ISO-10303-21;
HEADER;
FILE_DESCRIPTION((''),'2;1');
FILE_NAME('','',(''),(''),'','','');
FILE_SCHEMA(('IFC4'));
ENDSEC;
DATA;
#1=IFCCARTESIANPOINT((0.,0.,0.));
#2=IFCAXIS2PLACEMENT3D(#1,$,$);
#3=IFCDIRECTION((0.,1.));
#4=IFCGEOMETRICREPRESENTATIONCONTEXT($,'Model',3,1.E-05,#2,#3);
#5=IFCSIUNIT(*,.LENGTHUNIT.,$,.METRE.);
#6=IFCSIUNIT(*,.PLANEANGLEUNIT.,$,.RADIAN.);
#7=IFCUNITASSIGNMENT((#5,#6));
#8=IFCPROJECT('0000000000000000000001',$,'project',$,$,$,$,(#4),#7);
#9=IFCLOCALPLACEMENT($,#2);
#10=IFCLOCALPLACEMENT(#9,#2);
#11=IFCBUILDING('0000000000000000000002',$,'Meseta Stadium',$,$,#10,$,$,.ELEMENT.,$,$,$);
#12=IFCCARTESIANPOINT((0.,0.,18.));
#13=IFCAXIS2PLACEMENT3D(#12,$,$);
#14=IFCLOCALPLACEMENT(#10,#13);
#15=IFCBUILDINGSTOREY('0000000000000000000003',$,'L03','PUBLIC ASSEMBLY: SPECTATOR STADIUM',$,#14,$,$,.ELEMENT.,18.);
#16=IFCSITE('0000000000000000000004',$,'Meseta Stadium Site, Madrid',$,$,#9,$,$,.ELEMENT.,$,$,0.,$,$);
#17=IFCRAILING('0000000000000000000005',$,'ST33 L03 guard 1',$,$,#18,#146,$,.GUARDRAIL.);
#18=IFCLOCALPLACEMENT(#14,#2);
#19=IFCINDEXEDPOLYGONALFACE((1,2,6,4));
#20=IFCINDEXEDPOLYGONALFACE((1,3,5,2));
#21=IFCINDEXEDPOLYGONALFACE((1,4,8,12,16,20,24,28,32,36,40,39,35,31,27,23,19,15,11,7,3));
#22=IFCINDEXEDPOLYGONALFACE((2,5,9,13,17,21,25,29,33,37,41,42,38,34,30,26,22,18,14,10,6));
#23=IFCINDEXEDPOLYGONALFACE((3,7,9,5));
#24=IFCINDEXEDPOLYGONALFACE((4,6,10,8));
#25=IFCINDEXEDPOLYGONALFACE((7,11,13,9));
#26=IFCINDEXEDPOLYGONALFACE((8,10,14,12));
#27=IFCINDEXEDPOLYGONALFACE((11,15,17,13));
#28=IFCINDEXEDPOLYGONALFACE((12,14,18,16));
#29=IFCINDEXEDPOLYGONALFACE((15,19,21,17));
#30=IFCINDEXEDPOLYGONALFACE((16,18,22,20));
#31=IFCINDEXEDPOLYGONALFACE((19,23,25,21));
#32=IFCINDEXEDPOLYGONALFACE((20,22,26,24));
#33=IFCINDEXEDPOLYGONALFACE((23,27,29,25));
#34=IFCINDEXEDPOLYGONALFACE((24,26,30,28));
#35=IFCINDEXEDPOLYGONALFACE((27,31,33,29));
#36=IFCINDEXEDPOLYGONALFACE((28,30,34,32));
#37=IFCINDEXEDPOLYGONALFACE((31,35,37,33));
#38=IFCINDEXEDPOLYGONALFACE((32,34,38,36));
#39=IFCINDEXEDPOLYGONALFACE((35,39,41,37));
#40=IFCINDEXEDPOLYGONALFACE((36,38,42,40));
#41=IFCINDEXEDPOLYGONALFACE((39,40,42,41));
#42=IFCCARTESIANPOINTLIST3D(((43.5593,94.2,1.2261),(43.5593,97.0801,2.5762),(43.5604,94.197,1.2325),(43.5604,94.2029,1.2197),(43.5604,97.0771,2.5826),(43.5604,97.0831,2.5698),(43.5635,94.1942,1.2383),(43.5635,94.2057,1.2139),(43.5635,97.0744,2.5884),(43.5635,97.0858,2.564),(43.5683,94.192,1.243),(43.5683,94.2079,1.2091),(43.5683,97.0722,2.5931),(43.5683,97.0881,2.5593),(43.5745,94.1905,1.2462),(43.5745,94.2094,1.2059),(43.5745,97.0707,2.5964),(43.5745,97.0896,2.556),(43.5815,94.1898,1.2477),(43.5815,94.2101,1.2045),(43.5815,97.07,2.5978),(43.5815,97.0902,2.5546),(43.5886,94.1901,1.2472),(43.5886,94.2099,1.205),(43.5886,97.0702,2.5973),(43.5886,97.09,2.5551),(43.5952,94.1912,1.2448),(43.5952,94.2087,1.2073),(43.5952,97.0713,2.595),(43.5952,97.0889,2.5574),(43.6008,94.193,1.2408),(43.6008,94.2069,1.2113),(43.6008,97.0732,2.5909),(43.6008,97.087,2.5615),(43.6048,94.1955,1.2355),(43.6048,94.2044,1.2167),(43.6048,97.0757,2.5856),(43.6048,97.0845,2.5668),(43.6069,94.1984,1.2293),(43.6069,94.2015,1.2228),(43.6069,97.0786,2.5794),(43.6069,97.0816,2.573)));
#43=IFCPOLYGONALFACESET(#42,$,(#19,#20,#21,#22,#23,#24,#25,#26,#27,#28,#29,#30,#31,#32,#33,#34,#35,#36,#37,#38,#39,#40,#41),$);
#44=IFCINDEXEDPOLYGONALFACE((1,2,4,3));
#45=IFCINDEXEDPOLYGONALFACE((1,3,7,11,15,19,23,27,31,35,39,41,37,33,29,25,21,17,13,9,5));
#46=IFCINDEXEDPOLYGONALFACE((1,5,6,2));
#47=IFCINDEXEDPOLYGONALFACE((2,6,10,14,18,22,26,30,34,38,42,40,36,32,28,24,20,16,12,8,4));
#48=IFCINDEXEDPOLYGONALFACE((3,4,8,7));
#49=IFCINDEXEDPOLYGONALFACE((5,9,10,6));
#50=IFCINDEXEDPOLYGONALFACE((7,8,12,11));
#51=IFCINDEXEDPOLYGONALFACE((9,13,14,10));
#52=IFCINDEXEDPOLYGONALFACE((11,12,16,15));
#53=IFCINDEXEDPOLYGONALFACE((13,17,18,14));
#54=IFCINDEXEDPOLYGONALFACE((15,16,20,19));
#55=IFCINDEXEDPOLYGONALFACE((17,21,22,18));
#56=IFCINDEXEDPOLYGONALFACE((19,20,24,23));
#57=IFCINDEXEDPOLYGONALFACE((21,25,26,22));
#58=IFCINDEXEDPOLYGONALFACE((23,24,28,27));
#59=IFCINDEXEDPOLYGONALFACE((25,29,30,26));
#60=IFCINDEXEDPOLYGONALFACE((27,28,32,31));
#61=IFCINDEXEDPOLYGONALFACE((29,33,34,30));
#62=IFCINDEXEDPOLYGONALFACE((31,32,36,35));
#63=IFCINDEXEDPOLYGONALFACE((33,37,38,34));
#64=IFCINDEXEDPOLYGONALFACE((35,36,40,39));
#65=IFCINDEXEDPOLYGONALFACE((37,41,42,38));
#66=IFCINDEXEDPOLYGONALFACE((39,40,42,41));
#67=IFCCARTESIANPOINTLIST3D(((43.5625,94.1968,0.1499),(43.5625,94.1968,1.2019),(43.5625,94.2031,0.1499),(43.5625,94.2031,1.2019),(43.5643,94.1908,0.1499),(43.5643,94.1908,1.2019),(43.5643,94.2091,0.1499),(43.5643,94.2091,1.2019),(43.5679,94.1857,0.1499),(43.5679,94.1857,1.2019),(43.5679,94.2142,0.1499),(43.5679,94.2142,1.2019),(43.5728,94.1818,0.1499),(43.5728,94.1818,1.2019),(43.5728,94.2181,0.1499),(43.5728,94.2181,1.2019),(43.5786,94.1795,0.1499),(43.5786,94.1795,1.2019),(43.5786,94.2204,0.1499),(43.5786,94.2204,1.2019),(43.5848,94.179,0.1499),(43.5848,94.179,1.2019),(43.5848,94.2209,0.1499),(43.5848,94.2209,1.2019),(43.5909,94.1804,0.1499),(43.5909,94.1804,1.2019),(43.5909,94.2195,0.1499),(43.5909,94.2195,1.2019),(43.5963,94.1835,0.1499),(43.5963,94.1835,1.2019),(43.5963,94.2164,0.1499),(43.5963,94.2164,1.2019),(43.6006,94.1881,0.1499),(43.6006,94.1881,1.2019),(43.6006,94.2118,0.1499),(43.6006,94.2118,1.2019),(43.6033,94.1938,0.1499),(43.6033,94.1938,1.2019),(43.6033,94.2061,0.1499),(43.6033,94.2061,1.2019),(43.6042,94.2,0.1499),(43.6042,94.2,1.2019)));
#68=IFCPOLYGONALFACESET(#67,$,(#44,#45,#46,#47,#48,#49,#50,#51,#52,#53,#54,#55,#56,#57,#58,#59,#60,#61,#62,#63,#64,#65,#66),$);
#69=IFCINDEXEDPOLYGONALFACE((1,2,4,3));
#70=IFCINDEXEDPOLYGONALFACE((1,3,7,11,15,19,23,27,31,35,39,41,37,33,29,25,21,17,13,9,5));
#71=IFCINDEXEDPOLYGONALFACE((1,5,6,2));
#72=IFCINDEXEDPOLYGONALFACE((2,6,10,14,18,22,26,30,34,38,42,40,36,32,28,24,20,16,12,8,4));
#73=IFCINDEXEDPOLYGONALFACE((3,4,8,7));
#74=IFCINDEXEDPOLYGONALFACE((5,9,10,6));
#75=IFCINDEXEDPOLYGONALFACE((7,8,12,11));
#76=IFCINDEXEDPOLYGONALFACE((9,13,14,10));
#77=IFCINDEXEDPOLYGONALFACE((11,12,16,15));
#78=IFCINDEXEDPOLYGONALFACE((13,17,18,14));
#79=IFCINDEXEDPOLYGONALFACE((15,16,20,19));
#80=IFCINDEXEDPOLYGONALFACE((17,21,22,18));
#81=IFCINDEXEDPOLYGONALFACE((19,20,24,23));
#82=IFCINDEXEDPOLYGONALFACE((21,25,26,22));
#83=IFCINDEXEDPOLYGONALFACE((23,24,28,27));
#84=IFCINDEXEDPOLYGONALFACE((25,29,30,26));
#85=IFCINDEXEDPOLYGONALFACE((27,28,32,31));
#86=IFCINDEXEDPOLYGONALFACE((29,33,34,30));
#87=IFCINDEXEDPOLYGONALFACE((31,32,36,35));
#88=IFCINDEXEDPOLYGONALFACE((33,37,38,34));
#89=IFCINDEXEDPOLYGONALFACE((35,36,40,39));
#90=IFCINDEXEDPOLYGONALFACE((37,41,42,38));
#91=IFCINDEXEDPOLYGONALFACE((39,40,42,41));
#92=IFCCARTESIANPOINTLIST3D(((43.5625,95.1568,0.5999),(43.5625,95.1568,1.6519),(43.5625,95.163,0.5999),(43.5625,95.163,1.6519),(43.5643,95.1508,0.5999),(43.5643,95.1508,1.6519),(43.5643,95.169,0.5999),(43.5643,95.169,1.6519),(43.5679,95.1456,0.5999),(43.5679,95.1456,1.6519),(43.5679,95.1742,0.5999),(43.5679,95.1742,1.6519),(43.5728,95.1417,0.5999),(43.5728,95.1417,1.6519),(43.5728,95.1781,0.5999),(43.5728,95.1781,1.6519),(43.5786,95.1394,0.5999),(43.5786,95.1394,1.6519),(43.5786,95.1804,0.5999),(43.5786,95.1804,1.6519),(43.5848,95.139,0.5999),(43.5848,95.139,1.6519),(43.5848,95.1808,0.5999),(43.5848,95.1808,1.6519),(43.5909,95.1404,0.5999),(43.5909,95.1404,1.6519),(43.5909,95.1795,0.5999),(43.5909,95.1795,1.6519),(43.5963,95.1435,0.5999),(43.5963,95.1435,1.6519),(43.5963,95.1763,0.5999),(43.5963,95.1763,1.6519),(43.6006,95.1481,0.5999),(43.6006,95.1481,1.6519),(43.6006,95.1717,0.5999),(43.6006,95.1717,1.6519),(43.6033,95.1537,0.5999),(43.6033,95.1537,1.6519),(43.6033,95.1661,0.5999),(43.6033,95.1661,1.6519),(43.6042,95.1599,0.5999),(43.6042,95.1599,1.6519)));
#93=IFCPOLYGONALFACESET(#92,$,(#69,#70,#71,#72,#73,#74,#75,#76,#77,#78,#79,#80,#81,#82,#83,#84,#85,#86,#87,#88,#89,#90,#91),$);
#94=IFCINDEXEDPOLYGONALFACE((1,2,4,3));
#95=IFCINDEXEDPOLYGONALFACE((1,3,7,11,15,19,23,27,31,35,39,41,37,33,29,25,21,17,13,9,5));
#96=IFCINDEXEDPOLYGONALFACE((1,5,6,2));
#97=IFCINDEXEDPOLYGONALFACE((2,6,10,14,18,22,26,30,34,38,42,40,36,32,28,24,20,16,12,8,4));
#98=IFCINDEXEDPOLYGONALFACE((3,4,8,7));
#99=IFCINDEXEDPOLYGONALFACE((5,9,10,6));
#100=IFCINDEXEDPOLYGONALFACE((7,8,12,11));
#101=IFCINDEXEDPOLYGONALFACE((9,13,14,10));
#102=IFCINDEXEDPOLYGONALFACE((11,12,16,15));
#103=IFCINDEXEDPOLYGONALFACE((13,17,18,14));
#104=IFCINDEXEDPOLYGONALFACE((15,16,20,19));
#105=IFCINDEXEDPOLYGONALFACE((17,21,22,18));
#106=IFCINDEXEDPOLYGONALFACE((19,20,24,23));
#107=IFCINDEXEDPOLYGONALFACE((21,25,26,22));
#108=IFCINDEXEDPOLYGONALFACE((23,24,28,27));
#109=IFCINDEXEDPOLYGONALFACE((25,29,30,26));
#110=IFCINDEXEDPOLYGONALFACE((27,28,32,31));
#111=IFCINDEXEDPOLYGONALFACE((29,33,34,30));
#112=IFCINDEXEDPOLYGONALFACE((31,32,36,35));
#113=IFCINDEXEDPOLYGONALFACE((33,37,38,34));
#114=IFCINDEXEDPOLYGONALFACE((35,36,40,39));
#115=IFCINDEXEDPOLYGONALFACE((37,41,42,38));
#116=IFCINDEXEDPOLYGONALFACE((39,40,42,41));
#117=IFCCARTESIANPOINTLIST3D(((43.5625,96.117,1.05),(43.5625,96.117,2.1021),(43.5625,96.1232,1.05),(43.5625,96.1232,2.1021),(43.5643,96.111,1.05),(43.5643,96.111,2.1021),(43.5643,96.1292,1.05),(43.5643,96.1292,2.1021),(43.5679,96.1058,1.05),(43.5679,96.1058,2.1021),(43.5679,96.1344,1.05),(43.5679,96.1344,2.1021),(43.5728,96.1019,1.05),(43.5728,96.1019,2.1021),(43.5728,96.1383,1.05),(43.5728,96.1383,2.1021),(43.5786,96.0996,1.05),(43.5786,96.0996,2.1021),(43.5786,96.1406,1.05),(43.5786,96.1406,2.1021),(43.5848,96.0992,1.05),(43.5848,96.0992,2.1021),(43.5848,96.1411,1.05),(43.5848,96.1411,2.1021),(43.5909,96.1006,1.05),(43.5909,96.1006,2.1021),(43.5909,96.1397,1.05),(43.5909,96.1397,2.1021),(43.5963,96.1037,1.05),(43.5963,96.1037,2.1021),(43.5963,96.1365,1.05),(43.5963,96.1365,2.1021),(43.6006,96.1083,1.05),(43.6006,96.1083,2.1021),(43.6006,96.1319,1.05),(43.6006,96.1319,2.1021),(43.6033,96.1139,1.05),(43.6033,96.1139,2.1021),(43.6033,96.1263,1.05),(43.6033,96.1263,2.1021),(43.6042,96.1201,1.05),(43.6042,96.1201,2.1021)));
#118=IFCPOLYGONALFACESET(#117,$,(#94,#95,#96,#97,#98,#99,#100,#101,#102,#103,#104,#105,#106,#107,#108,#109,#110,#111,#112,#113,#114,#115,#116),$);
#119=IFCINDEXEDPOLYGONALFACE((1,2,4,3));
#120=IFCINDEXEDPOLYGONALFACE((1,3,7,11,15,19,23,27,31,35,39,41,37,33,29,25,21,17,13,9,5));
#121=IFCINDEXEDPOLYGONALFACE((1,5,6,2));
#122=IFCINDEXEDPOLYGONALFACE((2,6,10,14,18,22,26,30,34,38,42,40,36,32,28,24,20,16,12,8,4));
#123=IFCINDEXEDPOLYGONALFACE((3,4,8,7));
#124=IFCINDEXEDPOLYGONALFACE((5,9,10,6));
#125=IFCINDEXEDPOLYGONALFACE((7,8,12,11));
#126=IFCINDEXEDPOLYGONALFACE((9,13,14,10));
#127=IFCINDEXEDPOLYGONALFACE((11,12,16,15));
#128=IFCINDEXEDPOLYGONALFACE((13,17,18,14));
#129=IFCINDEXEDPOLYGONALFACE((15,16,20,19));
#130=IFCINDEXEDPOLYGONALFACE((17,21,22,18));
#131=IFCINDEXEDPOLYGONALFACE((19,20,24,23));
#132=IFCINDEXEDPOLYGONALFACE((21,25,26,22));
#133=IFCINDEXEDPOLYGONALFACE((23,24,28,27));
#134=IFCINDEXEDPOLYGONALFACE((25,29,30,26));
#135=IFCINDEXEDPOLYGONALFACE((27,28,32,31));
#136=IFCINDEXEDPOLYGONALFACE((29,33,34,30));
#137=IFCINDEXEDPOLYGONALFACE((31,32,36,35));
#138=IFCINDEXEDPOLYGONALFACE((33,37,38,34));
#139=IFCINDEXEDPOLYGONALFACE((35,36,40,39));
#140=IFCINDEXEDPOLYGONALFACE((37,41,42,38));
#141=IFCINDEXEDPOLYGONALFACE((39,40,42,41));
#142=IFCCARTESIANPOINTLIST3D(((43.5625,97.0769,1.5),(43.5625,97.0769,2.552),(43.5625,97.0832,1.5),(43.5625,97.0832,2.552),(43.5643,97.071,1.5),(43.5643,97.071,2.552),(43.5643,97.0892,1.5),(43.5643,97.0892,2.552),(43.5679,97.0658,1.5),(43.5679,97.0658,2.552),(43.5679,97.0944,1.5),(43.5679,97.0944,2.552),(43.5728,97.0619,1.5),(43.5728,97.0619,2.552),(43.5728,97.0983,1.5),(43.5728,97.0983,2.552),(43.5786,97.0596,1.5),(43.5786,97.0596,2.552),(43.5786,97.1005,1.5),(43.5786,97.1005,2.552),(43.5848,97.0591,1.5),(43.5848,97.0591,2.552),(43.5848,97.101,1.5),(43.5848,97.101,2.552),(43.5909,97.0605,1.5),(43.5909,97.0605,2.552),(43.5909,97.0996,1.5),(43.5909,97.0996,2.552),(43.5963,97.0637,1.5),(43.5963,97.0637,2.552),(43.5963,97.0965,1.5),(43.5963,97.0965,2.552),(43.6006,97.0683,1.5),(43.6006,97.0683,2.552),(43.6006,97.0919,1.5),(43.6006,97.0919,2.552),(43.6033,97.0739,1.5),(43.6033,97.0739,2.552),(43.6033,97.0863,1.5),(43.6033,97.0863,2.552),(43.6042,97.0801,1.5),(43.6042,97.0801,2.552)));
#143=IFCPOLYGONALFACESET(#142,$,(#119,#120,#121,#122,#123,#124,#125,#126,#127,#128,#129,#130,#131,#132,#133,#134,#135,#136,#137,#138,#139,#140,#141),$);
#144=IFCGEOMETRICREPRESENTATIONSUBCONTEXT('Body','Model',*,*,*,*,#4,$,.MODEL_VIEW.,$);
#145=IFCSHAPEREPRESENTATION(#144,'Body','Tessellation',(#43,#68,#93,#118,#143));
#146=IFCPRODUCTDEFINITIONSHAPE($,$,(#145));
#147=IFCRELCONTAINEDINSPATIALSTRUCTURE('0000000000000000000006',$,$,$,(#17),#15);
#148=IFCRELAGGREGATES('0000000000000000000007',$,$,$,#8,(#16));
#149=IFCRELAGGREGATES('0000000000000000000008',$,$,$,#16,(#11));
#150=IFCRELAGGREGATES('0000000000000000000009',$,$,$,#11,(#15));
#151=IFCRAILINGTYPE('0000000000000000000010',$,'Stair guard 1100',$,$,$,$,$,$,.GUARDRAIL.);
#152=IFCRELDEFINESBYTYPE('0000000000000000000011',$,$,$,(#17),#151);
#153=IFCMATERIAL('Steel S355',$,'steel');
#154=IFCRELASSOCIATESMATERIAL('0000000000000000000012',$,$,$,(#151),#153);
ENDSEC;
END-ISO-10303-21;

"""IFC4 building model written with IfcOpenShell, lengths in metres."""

from ifc_helpers import new_model, si_unit, direction, frame, origin, origin_2d, place, context, subcontext, project, spatial, circle, extrude, material, type_object, element, save


model = new_model("IFC4")

# Units and contexts
model_context = context("Model", 3, precision=1e-05, world=origin(), true_north=direction((0.0, 1.0)))
body_context = subcontext(model_context, "Body", "Model", "MODEL_VIEW")
ifc_project = project(units=[si_unit("LENGTHUNIT", "METRE"), si_unit("PLANEANGLEUNIT", "RADIAN")], contexts=[model_context])

# Site, building, storey
site_placement = place(None, origin())
site = spatial("IfcSite", under=ifc_project, at=site_placement, Name="Meseta Stadium Site, Madrid", CompositionType="ELEMENT", RefElevation=0.0)
building_placement = place(site_placement, origin())
building = spatial("IfcBuilding", under=site, at=building_placement, Name="Meseta Stadium", CompositionType="ELEMENT")
storey_placement = place(building_placement, frame((0.0, 0.0, 18.0)))
storey = spatial("IfcBuildingStorey", under=building, at=storey_placement, Name="L03", Description="PUBLIC ASSEMBLY: SPECTATOR STADIUM", CompositionType="ELEMENT", Elevation=18.0)

# Railing
ifc_material_1 = material(Name="Steel S355", Category="steel")
railing_type_1 = type_object("IfcRailingType", Name="Stair guard 1100", PredefinedType="GUARDRAIL", material=ifc_material_1)
for number, where, name in (
    (1, (43.5833, 94.2, 0.1499), "ST33 L03 guard 1"),
):
    element("IfcRailing", number, at=place(storey_placement, frame(where)), inside=storey, type_object=railing_type_1, Name=name, PredefinedType="GUARDRAIL", context=body_context, shape_type="SweptSolid", body=[
        extrude(circle(Radius=0.0239, at=origin_2d()), frame((0.0, 0.0, 1.0762), z_axis=(0.0, 0.905454, 0.424444), x_axis=(-1.0, 0.0, 0.0)), (0.0, 0.0, 1.0), 3.1809),
        extrude(circle(Radius=0.021, at=origin_2d()), origin(), (0.0, 0.0, 1.0), 1.052),
        extrude(circle(Radius=0.021, at=origin_2d()), frame((0.0, 0.96, 0.45)), (0.0, 0.0, 1.0), 1.052),
        extrude(circle(Radius=0.021, at=origin_2d()), frame((0.0, 1.9202, 0.9001)), (0.0, 0.0, 1.0), 1.052),
        extrude(circle(Radius=0.021, at=origin_2d()), frame((0.0, 2.8801, 1.3501)), (0.0, 0.0, 1.0), 1.052),
    ])

save(model, "model.ifc")
